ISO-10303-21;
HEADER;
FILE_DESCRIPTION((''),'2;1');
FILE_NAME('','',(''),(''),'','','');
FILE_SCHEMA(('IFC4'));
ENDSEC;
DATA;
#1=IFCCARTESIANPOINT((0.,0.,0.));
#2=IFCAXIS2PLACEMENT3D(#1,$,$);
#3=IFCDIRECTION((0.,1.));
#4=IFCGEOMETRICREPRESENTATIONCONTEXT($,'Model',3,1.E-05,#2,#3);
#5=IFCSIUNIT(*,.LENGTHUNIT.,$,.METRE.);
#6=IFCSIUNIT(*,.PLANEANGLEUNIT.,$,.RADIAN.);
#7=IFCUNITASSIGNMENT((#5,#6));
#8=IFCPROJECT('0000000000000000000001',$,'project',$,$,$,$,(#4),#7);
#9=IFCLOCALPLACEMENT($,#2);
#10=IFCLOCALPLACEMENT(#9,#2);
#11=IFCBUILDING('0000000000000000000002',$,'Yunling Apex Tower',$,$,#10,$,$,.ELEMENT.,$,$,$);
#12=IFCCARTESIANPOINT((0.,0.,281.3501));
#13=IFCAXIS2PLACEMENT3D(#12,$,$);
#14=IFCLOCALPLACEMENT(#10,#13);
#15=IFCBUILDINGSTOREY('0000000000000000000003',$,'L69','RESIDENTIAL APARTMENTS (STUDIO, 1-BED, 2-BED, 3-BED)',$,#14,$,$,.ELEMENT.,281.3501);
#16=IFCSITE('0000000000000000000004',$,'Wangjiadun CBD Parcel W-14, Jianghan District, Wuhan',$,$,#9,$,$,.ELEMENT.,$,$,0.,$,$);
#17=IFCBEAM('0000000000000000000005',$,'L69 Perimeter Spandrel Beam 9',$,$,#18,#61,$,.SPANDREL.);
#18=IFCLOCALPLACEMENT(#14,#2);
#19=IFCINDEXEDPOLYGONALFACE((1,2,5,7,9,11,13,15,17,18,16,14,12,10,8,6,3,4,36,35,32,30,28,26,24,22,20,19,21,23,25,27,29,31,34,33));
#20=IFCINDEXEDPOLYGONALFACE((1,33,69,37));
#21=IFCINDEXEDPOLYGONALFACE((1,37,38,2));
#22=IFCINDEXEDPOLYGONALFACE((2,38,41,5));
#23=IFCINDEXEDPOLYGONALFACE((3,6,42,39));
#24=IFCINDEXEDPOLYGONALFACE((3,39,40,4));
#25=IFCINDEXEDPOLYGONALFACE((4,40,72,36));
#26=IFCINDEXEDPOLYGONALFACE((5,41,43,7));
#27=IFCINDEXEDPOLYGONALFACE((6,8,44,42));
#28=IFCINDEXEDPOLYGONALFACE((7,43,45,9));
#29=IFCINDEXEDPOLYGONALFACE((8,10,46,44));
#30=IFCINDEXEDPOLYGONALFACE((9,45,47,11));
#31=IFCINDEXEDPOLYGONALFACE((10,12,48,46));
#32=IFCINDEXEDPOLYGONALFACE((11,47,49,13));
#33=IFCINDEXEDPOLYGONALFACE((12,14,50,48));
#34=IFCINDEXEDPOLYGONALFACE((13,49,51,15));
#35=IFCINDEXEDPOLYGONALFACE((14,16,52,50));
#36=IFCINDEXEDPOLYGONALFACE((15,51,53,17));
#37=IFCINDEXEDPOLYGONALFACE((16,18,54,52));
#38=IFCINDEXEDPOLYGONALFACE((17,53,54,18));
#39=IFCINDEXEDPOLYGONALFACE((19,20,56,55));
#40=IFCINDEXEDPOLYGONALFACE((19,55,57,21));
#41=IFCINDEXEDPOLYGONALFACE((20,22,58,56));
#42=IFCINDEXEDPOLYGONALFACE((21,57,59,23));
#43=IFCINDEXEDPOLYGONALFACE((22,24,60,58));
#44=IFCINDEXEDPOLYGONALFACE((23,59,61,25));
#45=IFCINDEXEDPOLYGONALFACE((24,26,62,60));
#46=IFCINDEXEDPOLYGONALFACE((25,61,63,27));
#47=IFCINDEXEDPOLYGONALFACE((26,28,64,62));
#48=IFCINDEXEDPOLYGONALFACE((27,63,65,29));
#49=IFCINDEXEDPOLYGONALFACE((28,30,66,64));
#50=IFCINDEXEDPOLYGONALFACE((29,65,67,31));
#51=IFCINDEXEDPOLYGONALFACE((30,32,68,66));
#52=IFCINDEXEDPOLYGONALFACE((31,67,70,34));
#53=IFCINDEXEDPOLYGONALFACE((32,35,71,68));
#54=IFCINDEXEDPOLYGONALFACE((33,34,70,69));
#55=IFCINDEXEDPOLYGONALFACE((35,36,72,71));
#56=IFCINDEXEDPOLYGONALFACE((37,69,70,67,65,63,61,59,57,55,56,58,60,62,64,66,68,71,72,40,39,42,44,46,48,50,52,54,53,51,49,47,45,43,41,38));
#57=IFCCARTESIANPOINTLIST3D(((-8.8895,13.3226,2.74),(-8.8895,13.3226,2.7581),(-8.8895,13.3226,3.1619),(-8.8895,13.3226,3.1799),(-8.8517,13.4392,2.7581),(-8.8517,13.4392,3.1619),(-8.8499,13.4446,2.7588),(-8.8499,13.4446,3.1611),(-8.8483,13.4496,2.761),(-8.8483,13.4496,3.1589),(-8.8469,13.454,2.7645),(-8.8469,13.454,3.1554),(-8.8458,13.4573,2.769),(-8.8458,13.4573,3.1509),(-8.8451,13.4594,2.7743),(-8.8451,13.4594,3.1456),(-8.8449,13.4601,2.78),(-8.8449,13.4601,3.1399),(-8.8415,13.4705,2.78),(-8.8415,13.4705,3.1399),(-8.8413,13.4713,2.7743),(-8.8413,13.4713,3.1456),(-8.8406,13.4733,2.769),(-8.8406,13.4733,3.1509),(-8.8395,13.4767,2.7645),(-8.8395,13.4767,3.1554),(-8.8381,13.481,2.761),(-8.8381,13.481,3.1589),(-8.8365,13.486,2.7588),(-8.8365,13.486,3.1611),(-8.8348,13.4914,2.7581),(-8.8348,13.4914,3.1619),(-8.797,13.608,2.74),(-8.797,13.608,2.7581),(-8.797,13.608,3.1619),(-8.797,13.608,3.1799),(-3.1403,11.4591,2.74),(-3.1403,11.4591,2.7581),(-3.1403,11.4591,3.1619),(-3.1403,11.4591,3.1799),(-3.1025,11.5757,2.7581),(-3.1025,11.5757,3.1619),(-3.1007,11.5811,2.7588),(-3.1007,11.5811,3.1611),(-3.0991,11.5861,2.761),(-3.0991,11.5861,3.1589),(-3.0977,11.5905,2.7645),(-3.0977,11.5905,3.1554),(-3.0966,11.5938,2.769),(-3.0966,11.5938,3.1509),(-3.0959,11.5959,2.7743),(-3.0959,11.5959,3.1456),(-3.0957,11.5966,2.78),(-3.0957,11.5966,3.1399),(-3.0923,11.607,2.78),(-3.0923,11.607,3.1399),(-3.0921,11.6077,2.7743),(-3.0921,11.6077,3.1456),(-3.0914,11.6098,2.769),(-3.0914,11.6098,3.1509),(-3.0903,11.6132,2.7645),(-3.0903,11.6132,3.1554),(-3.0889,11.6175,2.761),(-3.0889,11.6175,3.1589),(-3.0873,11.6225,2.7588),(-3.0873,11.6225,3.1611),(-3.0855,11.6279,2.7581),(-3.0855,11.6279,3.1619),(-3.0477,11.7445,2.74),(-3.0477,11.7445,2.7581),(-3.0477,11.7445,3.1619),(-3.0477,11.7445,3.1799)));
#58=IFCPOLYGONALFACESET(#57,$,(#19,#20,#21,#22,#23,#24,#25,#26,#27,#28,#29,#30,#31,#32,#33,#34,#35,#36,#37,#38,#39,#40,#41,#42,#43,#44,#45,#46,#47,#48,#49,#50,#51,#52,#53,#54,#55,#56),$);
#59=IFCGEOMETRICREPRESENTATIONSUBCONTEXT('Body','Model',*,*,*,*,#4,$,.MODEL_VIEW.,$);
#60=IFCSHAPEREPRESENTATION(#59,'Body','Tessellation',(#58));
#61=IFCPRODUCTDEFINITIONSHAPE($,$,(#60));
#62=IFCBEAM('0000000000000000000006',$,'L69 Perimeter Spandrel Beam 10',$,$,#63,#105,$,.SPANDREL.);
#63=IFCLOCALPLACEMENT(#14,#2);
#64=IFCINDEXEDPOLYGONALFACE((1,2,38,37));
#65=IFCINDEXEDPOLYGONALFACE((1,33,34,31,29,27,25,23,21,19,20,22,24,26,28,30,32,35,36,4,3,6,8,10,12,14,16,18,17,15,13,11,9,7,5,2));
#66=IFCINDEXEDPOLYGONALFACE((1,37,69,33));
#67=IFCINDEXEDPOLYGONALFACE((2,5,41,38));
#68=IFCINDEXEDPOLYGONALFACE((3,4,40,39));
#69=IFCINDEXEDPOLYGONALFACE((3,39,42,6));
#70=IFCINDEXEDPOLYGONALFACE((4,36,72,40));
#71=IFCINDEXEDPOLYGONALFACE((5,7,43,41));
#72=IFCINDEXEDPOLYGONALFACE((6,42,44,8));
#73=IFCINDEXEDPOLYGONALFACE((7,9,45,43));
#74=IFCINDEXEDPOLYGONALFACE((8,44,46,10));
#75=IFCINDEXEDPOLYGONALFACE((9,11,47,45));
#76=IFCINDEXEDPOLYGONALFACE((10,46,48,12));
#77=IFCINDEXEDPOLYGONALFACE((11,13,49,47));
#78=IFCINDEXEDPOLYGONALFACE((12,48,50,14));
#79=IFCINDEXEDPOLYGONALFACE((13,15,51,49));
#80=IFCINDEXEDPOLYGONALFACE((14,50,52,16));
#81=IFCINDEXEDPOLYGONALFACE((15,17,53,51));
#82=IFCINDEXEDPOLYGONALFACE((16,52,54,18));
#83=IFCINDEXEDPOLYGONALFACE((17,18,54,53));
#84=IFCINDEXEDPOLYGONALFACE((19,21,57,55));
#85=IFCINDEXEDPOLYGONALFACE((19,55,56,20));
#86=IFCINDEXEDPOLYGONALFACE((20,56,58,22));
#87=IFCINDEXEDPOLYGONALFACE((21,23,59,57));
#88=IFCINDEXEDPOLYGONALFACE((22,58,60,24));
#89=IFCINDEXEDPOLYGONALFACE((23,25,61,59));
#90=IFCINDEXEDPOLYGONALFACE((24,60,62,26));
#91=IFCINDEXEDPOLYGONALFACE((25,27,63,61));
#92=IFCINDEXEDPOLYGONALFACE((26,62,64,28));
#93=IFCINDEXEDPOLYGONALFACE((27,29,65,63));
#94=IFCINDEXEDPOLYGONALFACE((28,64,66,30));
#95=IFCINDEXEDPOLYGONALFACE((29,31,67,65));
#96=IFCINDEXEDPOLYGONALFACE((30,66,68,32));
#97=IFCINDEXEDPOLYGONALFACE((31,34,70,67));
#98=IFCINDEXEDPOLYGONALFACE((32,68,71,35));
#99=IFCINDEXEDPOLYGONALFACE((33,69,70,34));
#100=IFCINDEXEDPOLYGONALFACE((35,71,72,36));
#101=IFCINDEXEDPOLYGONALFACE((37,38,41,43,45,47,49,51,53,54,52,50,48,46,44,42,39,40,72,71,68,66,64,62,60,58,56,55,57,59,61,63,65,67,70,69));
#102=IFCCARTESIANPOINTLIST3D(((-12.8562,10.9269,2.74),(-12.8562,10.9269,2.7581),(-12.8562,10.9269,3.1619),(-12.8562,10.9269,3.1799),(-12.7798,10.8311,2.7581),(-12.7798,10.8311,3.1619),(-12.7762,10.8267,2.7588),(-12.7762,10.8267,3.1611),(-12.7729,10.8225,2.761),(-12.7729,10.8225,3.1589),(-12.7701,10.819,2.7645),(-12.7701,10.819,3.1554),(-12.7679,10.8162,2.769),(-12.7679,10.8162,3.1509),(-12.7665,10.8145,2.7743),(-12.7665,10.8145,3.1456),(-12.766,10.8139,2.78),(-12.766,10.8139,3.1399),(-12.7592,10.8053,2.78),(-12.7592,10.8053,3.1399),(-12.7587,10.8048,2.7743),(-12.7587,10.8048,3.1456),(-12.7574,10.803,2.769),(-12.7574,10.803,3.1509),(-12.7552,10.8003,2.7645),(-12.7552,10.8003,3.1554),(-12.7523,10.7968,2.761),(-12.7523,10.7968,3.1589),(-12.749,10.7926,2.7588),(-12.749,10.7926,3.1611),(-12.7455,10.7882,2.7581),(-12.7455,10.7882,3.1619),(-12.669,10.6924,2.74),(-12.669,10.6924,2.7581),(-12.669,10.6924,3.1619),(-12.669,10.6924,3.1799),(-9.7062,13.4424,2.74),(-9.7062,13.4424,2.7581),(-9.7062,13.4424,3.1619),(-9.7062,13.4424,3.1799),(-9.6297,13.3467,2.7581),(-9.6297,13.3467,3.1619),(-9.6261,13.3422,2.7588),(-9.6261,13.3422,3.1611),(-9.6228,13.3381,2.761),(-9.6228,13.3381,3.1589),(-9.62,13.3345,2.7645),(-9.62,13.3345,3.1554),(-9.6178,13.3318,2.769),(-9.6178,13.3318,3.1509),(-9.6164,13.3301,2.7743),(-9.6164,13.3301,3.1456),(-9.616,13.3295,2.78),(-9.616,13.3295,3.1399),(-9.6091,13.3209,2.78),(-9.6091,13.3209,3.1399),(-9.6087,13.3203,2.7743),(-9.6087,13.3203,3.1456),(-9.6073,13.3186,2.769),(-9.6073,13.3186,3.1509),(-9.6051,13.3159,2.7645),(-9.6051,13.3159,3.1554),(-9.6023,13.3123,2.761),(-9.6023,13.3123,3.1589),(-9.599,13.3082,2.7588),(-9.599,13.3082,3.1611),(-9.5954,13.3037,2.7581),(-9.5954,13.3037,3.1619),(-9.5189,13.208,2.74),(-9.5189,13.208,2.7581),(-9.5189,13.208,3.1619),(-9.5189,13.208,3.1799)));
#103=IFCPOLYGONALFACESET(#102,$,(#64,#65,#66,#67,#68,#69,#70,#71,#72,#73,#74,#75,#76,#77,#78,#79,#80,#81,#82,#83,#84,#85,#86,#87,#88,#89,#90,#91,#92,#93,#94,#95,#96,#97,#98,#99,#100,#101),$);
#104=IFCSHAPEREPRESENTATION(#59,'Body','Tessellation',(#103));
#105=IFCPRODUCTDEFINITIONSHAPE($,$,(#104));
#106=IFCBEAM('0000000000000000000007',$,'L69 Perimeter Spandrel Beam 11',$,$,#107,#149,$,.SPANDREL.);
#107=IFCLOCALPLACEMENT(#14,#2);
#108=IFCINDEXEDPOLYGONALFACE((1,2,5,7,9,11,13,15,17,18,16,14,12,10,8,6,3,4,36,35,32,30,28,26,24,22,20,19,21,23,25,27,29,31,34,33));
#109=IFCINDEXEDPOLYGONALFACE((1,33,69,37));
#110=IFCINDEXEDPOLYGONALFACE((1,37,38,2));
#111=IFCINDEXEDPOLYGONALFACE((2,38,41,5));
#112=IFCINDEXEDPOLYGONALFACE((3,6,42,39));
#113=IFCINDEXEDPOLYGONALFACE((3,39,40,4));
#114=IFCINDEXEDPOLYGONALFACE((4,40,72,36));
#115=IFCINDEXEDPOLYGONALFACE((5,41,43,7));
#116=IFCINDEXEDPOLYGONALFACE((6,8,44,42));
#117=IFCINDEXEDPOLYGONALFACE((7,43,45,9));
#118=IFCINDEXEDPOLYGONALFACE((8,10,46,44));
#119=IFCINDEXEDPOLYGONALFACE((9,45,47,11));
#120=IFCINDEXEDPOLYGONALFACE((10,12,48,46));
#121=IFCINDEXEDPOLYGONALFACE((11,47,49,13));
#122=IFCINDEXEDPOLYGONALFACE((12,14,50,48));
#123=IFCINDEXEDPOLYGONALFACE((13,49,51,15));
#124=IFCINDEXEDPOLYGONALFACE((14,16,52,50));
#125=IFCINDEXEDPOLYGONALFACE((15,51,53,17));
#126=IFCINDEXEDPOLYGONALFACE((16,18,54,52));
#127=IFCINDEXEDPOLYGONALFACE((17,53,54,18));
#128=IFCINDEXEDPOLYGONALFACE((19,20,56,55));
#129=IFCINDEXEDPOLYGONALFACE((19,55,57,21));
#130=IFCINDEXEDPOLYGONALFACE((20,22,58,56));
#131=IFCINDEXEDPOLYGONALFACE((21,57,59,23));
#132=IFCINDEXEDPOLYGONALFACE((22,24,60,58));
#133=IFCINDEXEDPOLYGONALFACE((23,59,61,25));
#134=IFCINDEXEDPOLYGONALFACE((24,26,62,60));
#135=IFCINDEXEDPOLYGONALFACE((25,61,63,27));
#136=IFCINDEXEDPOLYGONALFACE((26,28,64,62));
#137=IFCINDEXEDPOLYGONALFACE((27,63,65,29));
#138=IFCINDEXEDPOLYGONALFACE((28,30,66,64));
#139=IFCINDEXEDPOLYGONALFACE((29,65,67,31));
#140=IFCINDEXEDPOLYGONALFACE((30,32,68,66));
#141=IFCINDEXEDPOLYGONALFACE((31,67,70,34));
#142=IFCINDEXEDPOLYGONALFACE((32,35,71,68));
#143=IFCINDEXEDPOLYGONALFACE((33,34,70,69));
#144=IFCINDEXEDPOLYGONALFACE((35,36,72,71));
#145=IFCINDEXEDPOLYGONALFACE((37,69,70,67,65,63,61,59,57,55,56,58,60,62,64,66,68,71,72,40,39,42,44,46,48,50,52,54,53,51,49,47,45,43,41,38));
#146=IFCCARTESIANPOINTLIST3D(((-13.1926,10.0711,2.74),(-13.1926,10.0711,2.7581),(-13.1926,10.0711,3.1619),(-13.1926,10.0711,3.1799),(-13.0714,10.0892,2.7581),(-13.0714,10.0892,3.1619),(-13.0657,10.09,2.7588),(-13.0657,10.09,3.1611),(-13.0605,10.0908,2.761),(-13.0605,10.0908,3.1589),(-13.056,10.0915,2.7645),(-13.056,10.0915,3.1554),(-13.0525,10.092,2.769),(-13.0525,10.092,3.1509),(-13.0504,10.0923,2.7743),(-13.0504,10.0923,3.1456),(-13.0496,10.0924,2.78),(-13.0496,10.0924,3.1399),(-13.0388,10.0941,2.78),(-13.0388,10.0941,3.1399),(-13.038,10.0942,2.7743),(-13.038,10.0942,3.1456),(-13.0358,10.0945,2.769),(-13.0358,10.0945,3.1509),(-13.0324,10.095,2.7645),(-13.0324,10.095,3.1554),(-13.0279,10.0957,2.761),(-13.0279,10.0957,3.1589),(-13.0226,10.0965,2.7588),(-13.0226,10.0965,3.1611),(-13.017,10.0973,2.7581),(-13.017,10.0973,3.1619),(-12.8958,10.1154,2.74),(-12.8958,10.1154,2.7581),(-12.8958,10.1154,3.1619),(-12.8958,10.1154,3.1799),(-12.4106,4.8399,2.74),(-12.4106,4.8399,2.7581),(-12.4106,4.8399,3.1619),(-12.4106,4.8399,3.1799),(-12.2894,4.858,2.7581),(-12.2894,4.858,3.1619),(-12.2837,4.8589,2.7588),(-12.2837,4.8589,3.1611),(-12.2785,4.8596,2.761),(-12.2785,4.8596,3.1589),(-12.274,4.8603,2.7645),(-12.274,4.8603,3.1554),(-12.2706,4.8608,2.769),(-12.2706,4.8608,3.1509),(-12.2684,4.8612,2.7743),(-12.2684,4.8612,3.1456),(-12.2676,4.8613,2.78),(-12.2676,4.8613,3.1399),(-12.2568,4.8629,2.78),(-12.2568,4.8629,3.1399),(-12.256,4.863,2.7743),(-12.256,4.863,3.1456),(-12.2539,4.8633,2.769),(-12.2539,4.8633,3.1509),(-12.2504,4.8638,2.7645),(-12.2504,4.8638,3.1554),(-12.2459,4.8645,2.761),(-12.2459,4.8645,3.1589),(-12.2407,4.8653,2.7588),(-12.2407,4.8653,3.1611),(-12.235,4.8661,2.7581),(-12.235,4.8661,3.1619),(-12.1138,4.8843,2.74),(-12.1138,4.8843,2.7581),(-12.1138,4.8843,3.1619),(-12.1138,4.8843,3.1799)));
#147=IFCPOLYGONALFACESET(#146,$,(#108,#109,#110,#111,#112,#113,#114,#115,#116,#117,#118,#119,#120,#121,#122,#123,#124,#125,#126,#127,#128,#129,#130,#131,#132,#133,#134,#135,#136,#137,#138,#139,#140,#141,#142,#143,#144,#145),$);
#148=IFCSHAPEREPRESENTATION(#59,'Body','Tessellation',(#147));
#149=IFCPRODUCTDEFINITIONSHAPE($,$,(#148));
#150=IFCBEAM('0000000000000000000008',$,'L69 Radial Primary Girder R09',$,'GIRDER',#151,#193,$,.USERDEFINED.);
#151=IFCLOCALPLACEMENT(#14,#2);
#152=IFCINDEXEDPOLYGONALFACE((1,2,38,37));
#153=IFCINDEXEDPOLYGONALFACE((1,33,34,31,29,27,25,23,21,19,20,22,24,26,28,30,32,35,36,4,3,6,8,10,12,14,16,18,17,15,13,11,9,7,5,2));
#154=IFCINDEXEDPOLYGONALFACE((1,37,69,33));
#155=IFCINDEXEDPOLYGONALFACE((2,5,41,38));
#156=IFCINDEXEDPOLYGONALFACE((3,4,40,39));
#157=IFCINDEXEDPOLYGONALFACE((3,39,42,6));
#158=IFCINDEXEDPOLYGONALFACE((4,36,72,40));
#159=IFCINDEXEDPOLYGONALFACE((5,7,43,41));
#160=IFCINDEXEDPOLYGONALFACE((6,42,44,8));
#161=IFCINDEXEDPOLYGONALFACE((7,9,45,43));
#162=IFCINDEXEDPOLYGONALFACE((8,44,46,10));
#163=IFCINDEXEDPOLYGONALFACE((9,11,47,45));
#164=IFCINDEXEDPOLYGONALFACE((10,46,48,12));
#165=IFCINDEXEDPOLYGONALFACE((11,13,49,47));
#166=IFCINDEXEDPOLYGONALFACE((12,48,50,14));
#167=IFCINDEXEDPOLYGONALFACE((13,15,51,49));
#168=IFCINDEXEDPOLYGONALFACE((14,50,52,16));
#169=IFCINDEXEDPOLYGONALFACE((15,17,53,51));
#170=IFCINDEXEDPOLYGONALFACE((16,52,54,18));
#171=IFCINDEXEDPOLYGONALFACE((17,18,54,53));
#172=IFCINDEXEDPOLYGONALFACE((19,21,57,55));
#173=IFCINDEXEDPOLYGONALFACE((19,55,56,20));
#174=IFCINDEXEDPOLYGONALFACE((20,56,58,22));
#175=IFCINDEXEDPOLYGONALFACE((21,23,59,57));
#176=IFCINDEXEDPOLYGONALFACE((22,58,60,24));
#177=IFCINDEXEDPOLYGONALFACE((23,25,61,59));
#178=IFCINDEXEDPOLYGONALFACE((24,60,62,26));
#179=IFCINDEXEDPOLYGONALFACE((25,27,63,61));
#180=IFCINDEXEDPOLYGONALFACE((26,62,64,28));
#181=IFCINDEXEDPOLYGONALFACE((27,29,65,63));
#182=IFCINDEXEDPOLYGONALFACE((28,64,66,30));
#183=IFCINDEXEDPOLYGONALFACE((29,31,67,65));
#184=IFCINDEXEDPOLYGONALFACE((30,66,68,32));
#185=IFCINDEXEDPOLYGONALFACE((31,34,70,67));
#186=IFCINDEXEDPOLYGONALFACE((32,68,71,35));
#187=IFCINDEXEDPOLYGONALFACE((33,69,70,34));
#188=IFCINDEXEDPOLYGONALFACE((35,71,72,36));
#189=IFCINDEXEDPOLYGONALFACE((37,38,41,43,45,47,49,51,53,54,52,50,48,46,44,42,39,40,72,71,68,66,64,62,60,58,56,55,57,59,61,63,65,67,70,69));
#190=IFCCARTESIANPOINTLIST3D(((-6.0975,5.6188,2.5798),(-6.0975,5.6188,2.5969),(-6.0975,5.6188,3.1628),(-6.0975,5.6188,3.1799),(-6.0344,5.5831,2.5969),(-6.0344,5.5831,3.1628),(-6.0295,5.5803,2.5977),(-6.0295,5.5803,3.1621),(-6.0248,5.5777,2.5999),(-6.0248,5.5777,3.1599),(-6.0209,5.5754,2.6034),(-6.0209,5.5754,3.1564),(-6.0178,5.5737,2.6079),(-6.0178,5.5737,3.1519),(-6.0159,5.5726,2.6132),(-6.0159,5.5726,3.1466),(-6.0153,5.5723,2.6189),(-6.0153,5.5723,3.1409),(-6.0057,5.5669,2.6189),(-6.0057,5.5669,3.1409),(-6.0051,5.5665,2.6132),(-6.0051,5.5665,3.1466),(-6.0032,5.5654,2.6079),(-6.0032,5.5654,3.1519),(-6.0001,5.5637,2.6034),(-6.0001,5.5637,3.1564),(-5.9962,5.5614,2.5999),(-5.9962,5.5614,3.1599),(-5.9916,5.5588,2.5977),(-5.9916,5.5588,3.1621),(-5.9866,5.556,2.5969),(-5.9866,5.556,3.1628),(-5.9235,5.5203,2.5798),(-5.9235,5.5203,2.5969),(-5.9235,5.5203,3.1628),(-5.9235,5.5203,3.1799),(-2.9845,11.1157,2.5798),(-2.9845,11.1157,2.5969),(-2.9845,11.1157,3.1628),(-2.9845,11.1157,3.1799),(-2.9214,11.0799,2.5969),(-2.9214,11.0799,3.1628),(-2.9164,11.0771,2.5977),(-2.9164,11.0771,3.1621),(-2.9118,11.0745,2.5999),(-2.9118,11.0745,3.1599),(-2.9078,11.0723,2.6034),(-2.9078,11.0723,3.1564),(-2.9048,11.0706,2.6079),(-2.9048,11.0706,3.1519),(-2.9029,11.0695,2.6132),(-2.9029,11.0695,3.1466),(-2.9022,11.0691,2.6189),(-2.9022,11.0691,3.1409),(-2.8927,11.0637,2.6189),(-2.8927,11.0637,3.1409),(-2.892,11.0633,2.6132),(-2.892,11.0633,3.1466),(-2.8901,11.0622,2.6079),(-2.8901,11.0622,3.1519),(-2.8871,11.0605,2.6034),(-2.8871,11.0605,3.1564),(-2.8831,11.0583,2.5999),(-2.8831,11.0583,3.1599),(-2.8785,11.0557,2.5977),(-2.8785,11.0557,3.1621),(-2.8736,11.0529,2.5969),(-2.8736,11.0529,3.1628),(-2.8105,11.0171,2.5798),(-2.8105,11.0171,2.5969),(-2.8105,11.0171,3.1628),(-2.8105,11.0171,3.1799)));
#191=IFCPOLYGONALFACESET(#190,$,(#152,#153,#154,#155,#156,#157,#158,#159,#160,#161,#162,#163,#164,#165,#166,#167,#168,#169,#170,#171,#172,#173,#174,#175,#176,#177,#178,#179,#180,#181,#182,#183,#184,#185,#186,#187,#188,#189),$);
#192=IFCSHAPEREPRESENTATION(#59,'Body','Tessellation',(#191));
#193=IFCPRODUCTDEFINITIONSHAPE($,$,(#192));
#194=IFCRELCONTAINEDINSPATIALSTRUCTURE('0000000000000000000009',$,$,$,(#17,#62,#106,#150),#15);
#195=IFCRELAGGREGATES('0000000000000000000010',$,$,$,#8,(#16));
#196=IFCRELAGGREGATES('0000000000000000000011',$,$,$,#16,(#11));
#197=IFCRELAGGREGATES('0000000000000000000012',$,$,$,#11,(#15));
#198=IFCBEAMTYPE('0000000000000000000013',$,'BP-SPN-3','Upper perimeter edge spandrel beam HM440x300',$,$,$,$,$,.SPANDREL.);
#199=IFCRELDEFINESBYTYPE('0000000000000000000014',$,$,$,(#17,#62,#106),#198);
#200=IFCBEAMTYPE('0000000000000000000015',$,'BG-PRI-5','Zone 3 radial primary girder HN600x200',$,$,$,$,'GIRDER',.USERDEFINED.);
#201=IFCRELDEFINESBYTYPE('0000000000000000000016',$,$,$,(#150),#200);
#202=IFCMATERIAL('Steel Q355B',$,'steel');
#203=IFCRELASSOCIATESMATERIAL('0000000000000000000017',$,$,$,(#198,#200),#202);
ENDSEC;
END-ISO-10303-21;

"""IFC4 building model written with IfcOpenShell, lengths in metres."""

from ifc_helpers import new_model, si_unit, direction, frame, origin, origin_2d, place, context, subcontext, project, spatial, i_section, extrude, source, transform, mapped, material, material_profile, profile_set, type_object, element, save


model = new_model("IFC4")

# Units and contexts
model_context = context("Model", 3, precision=1e-05, world=origin(), true_north=direction((0.0, 1.0)))
body_context = subcontext(model_context, "Body", "Model", "MODEL_VIEW")
ifc_project = project(units=[si_unit("LENGTHUNIT", "METRE"), si_unit("PLANEANGLEUNIT", "RADIAN")], contexts=[model_context])

# Site, building, storey
site_placement = place(None, origin())
site = spatial("IfcSite", under=ifc_project, at=site_placement, Name="Wangjiadun CBD Parcel W-14, Jianghan District, Wuhan", CompositionType="ELEMENT", RefElevation=0.0)
building_placement = place(site_placement, origin())
building = spatial("IfcBuilding", under=site, at=building_placement, Name="Yunling Apex Tower", CompositionType="ELEMENT")
storey_placement = place(building_placement, frame((0.0, 0.0, 281.3501)))
storey = spatial("IfcBuildingStorey", under=building, at=storey_placement, Name="L69", Description="RESIDENTIAL APARTMENTS (STUDIO, 1-BED, 2-BED, 3-BED)", CompositionType="ELEMENT", Elevation=281.3501)

# Shared definitions
ifc_material_1 = material(Name="Steel Q355B", Category="steel")

# Beams
ifc_material_profile_1 = material_profile(ifc_material_1, i_section(OverallWidth=0.3, OverallDepth=0.4399, WebThickness=0.011, FlangeThickness=0.0181, FilletRadius=0.022, at=origin_2d()))
ifc_profile_set_1 = profile_set([ifc_material_profile_1], Name="Steel Q355B")
beam_type_1 = type_object("IfcBeamType", Name="BP-SPN-3", Description="Upper perimeter edge spandrel beam HM440x300", PredefinedType="SPANDREL", material=ifc_profile_set_1)
shared_shape_1 = source(origin(), body_context, "Body", "SweptSolid", [
    extrude(i_section(OverallWidth=0.3, OverallDepth=0.4399, WebThickness=0.011, FlangeThickness=0.0181, FilletRadius=0.022, at=origin_2d()), origin(), (0.0, 0.0, 1.0), 6.0437),
])
beam_1_placement = place(storey_placement, frame((-3.094, 11.6018, 2.96), z_axis=(-0.951276, 0.30834, 0.0), x_axis=(-0.30834, -0.951276, 0.0)))
element("IfcBeam", 1, at=beam_1_placement, inside=storey, type_object=beam_type_1, Name="L69 Perimeter Spandrel Beam 9", PredefinedType="SPANDREL", context=body_context, shape_type="MappedRepresentation", body=[
    mapped(shared_shape_1, transform((0.0, 0.0, 0.0), scale=1.0)),
])
shared_shape_2 = source(origin(), body_context, "Body", "SweptSolid", [
    extrude(i_section(OverallWidth=0.3, OverallDepth=0.4399, WebThickness=0.011, FlangeThickness=0.0181, FilletRadius=0.022, at=origin_2d()), origin(), (0.0, 0.0, 1.0), 4.0312),
])
beam_2_placement = place(storey_placement, frame((-9.6125, 13.3252, 2.96), z_axis=(-0.781412, -0.624015, 0.0), x_axis=(0.624015, -0.781412, 0.0)))
element("IfcBeam", 2, at=beam_2_placement, inside=storey, type_object=beam_type_1, Name="L69 Perimeter Spandrel Beam 10", PredefinedType="SPANDREL", context=body_context, shape_type="MappedRepresentation", body=[
    mapped(shared_shape_2, transform((0.0, 0.0, 0.0), scale=1.0)),
])
shared_shape_3 = source(origin(), body_context, "Body", "SweptSolid", [
    extrude(i_section(OverallWidth=0.3, OverallDepth=0.4399, WebThickness=0.011, FlangeThickness=0.0181, FilletRadius=0.022, at=origin_2d()), origin(), (0.0, 0.0, 1.0), 5.2893),
])
beam_3_placement = place(storey_placement, frame((-13.0442, 10.0933, 2.96), z_axis=(0.147842, -0.989011, 0.0), x_axis=(0.989011, 0.147842, 0.0)))
element("IfcBeam", 3, at=beam_3_placement, inside=storey, type_object=beam_type_1, Name="L69 Perimeter Spandrel Beam 11", PredefinedType="SPANDREL", context=body_context, shape_type="MappedRepresentation", body=[
    mapped(shared_shape_3, transform((0.0, 0.0, 0.0), scale=1.0)),
])
ifc_material_profile_2 = material_profile(ifc_material_1, i_section(OverallWidth=0.2, OverallDepth=0.6001, WebThickness=0.011, FlangeThickness=0.0171, FilletRadius=0.022, at=origin_2d()))
ifc_profile_set_2 = profile_set([ifc_material_profile_2], Name="Steel Q355B")
beam_type_2 = type_object("IfcBeamType", Name="BG-PRI-5", Description="Zone 3 radial primary girder HN600x200", ElementType="GIRDER", PredefinedType="USERDEFINED", material=ifc_profile_set_2)
shared_shape_4 = source(origin(), body_context, "Body", "SweptSolid", [
    extrude(i_section(OverallWidth=0.2, OverallDepth=0.6001, WebThickness=0.011, FlangeThickness=0.0171, FilletRadius=0.022, at=origin_2d()), origin(), (0.0, 0.0, 1.0), 6.3171),
])
beam_4_placement = place(storey_placement, frame((-2.8975, 11.0664, 2.8799), z_axis=(-0.492793, -0.870146, 0.0), x_axis=(0.870146, -0.492793, 0.0)))
element("IfcBeam", 4, at=beam_4_placement, inside=storey, type_object=beam_type_2, Name="L69 Radial Primary Girder R09", ObjectType="GIRDER", PredefinedType="USERDEFINED", context=body_context, shape_type="MappedRepresentation", body=[
    mapped(shared_shape_4, transform((0.0, 0.0, 0.0), scale=1.0)),
])

save(model, "model.ifc")
